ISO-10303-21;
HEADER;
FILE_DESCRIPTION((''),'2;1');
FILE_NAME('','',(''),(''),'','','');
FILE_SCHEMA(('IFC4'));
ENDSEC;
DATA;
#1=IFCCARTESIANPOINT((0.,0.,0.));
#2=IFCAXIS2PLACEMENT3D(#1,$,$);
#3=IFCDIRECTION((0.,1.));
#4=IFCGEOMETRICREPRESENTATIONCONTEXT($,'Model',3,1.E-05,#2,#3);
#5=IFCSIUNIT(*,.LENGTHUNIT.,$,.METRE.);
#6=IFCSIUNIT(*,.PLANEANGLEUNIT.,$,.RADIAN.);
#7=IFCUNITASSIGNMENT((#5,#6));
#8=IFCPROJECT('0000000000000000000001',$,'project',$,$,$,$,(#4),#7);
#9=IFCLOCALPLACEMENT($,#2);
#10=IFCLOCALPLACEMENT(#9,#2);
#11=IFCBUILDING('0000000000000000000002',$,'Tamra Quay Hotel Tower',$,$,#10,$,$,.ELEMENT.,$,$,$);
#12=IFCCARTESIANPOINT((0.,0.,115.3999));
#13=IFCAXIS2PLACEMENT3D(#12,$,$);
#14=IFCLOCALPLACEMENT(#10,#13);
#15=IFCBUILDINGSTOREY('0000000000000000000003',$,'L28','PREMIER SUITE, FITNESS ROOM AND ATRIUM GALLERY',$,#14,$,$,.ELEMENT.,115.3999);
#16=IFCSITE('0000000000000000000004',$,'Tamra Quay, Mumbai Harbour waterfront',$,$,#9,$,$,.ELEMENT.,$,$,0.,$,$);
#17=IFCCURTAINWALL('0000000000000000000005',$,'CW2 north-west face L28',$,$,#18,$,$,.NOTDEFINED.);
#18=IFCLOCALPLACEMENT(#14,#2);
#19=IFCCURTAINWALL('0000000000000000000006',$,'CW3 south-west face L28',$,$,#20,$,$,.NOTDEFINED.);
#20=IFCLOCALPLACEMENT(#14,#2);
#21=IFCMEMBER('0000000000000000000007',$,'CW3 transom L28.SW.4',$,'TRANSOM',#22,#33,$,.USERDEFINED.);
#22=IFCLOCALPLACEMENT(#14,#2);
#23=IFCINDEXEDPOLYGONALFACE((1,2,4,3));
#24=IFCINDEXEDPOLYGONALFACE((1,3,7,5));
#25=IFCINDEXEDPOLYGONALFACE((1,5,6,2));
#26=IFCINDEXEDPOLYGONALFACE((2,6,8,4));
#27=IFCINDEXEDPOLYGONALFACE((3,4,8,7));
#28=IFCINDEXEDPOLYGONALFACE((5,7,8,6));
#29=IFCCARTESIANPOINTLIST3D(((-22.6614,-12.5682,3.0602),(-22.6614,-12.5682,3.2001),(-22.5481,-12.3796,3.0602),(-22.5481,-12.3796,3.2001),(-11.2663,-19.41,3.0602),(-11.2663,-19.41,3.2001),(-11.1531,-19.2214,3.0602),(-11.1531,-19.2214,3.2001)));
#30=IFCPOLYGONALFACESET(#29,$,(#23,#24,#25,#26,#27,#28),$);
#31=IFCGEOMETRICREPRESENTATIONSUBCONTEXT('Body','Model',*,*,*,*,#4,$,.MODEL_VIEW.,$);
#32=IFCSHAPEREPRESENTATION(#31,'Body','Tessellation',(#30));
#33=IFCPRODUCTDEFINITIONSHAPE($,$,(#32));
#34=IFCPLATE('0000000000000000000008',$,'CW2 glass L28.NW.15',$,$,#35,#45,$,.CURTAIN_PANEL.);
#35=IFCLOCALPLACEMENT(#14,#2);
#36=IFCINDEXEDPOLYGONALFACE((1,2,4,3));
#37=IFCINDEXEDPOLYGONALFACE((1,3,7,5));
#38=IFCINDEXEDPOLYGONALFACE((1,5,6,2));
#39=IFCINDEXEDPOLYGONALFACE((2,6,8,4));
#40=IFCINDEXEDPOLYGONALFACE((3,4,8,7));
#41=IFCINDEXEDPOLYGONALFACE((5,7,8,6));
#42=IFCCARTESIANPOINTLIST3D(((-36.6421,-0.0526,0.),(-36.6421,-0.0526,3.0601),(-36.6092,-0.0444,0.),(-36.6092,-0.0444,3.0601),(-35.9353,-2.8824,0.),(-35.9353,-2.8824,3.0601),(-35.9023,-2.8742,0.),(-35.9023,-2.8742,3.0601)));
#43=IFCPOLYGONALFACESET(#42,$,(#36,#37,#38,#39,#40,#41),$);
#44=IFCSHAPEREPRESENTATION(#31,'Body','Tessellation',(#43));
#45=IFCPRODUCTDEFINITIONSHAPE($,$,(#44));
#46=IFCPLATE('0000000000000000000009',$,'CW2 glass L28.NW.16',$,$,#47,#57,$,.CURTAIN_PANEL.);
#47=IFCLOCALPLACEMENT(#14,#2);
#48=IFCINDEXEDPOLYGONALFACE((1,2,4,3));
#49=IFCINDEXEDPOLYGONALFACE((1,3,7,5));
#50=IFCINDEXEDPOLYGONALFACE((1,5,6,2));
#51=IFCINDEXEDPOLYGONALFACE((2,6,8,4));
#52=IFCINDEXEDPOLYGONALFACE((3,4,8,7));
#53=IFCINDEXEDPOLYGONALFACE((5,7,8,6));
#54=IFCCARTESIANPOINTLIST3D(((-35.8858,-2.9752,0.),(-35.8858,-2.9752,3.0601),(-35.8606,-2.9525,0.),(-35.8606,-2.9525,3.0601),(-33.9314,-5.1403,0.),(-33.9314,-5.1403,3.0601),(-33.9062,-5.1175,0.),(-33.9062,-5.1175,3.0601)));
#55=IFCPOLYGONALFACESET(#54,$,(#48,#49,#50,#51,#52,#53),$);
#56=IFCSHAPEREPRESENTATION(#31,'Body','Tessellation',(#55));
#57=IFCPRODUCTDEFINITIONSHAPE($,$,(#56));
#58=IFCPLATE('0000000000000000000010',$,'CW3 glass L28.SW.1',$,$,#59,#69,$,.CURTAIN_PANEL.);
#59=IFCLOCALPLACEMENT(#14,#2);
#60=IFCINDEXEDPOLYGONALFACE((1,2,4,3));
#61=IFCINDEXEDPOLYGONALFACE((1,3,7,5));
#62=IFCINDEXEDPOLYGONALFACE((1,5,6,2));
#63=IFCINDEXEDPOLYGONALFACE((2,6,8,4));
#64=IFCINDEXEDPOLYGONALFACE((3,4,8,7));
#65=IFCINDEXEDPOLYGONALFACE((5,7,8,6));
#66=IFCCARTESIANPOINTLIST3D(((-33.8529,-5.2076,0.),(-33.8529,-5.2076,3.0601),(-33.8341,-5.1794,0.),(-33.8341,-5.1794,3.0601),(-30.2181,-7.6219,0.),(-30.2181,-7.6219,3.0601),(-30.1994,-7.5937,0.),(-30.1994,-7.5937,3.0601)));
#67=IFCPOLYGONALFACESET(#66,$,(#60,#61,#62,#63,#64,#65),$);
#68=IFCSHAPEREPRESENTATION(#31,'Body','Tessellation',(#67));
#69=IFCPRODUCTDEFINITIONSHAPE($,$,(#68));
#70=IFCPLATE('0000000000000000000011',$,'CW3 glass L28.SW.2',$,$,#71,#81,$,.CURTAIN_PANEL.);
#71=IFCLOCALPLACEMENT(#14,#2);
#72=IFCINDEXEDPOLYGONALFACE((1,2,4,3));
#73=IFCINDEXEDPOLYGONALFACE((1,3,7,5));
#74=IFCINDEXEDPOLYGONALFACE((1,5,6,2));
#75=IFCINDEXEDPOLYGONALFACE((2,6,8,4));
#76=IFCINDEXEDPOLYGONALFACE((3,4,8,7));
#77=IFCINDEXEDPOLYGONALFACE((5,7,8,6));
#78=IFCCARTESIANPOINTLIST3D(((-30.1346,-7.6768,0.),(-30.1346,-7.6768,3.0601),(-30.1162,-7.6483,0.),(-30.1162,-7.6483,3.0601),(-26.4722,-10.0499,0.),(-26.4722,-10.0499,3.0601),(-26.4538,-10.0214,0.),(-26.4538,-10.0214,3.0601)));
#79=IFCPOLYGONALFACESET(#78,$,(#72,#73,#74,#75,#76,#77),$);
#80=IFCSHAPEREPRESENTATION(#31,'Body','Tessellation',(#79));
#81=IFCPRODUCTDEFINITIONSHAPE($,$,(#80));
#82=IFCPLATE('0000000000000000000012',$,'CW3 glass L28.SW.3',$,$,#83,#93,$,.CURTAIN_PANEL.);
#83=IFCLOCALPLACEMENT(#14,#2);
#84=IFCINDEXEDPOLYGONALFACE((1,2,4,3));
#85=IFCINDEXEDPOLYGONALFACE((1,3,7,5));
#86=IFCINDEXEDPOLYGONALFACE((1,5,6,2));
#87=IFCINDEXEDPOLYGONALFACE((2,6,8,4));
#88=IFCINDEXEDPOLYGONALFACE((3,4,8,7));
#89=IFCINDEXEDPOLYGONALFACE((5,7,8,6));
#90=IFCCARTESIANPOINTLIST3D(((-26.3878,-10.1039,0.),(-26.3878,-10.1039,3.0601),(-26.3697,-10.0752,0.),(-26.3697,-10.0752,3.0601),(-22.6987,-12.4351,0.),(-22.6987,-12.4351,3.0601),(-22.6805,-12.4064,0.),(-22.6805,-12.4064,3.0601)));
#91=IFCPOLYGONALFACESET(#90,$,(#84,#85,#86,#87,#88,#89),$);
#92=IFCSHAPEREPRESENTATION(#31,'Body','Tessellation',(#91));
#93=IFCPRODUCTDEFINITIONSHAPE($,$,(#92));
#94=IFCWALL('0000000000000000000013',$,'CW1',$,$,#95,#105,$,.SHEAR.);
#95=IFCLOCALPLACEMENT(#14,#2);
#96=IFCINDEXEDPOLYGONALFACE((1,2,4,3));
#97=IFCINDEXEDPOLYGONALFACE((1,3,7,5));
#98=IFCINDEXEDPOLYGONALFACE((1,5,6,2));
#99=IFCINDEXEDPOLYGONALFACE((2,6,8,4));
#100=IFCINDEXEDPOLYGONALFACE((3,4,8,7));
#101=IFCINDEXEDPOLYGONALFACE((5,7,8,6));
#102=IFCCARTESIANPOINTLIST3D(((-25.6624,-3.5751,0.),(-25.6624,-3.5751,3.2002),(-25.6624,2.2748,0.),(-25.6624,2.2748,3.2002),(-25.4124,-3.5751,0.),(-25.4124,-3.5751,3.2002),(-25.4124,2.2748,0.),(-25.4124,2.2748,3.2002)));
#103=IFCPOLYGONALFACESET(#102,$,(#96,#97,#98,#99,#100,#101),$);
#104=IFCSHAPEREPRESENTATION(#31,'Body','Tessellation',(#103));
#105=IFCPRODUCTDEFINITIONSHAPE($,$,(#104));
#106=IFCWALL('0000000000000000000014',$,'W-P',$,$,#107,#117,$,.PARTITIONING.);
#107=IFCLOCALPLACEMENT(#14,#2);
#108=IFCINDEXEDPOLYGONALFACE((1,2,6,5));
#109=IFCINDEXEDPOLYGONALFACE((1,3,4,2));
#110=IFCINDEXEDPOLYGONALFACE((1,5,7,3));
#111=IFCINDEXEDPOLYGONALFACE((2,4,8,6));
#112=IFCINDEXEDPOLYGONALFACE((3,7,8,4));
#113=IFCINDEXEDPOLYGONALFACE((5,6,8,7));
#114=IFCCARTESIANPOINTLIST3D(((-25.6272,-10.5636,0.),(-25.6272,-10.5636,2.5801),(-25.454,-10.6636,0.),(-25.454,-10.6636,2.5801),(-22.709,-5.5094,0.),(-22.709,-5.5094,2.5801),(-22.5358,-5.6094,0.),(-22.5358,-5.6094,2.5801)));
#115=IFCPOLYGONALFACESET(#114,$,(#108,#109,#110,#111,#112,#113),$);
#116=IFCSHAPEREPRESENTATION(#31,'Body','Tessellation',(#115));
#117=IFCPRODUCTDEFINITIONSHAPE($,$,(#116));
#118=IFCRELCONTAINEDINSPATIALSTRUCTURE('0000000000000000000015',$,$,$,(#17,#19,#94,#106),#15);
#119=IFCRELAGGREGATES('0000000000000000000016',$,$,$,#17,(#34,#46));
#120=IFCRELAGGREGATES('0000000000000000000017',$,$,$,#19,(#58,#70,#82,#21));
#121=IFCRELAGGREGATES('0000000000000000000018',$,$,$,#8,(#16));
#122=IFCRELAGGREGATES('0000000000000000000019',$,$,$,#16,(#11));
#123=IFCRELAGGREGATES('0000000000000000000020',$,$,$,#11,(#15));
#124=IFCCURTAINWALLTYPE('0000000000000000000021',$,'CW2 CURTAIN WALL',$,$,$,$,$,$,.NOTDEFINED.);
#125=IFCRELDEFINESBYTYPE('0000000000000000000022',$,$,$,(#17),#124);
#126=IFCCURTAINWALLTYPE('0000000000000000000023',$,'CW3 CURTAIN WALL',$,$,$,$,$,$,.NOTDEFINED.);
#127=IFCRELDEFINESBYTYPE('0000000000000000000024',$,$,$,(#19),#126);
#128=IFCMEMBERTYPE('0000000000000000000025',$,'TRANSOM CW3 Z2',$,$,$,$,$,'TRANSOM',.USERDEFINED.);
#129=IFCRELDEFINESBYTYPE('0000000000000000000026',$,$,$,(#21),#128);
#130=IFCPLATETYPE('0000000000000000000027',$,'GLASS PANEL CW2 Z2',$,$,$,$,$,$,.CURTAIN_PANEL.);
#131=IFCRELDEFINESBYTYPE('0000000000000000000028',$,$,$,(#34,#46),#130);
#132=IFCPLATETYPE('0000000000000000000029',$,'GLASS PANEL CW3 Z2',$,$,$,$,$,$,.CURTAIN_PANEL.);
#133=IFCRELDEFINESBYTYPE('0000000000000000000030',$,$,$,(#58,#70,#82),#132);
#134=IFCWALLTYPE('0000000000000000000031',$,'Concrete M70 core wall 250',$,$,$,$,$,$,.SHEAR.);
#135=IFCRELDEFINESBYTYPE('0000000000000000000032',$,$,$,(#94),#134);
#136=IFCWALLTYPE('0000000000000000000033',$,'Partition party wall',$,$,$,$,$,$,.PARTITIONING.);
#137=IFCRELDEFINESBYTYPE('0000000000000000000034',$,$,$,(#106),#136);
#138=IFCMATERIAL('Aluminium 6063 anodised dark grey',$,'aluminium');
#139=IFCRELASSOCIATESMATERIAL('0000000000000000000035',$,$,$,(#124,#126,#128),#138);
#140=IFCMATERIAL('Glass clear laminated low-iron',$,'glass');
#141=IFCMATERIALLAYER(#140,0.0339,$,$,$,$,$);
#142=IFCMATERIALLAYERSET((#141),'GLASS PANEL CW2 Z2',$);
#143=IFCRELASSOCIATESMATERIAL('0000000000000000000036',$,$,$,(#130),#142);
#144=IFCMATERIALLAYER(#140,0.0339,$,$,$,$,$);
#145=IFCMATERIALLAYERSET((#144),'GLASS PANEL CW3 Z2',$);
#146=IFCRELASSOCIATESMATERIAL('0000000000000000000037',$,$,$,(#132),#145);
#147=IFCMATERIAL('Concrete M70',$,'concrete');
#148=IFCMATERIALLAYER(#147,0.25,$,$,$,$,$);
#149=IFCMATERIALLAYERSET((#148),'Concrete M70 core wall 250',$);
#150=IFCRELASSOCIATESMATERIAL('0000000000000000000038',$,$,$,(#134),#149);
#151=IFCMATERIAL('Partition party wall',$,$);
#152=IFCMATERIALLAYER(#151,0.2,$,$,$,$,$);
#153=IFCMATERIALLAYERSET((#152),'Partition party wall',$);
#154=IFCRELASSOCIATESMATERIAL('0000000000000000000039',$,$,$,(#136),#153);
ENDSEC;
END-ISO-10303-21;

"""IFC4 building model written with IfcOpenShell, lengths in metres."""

from ifc_helpers import new_model, si_unit, direction, frame, frame_2d, origin, origin_2d, place, context, subcontext, project, spatial, rectangle, extrude, material, layer, layer_set, material_profile, profile_set, type_object, element, aggregate, save


model = new_model("IFC4")

# Units and contexts
model_context = context("Model", 3, precision=1e-05, world=origin(), true_north=direction((0.0, 1.0)))
body_context = subcontext(model_context, "Body", "Model", "MODEL_VIEW")
ifc_project = project(units=[si_unit("LENGTHUNIT", "METRE"), si_unit("PLANEANGLEUNIT", "RADIAN")], contexts=[model_context])

# Site, building, storey
site_placement = place(None, origin())
site = spatial("IfcSite", under=ifc_project, at=site_placement, Name="Tamra Quay, Mumbai Harbour waterfront", CompositionType="ELEMENT", RefElevation=0.0)
building_placement = place(site_placement, origin())
building = spatial("IfcBuilding", under=site, at=building_placement, Name="Tamra Quay Hotel Tower", CompositionType="ELEMENT")
storey_placement = place(building_placement, frame((0.0, 0.0, 115.3999)))
storey = spatial("IfcBuildingStorey", under=building, at=storey_placement, Name="L28", Description="PREMIER SUITE, FITNESS ROOM AND ATRIUM GALLERY", CompositionType="ELEMENT", Elevation=115.3999)

# Shared definitions
ifc_material_1 = material(Name="Concrete M70", Category="concrete")

# Curtain wall
ifc_material_2 = material(Name="Aluminium 6063 anodised dark grey", Category="aluminium")
curtain_wall_type_1 = type_object("IfcCurtainWallType", Name="CW2 CURTAIN WALL", PredefinedType="NOTDEFINED", material=ifc_material_2)
curtain_wall_1_placement = place(storey_placement, origin())
curtain_wall_1 = element("IfcCurtainWall", 1, at=curtain_wall_1_placement, inside=storey, type_object=curtain_wall_type_1, Name="CW2 north-west face L28", PredefinedType="NOTDEFINED")

# Curtain wall
curtain_wall_type_2 = type_object("IfcCurtainWallType", Name="CW3 CURTAIN WALL", PredefinedType="NOTDEFINED", material=ifc_material_2)
curtain_wall_2_placement = place(storey_placement, origin())
curtain_wall_2 = element("IfcCurtainWall", 2, at=curtain_wall_2_placement, inside=storey, type_object=curtain_wall_type_2, Name="CW3 south-west face L28", PredefinedType="NOTDEFINED")

# Member
ifc_material_profile_1 = material_profile(ifc_material_2, rectangle(XDim=0.22, YDim=0.1399, at=origin_2d()), Name="TRANSOM 220X140")
ifc_profile_set_1 = profile_set([ifc_material_profile_1], Name="Aluminium 6063 anodised dark grey")
member_type_1 = type_object("IfcMemberType", Name="TRANSOM CW3 Z2", ElementType="TRANSOM", PredefinedType="USERDEFINED", material=ifc_profile_set_1)
member_1_placement = place(storey_placement, frame((-22.6047, -12.4739, 3.1301), z_axis=(0.857334, -0.51476, 0.0), x_axis=(0.51476, 0.857334, 0.0)))
member_1 = element("IfcMember", 3, at=member_1_placement, type_object=member_type_1, Name="CW3 transom L28.SW.4", ObjectType="TRANSOM", PredefinedType="USERDEFINED", context=body_context, shape_type="SweptSolid", body=[
    extrude(rectangle(XDim=0.22, YDim=0.1399, at=origin_2d()), origin(), (0.0, 0.0, 1.0), 13.2913),
])

# Plates
ifc_material_3 = material(Name="Glass clear laminated low-iron", Category="glass")
ifc_layer_1 = layer(ifc_material_3, 0.0339)
ifc_layer_set_1 = layer_set([ifc_layer_1], Name="GLASS PANEL CW2 Z2")
plate_type_1 = type_object("IfcPlateType", Name="GLASS PANEL CW2 Z2", PredefinedType="CURTAIN_PANEL", material=ifc_layer_set_1)
plate_1_placement = place(storey_placement, frame((-36.2722, -1.4634, 0.0), z_axis=(0.0, 0.0, 1.0), x_axis=(0.242339, -0.970192, 0.0)))
plate_1 = element("IfcPlate", 4, at=plate_1_placement, type_object=plate_type_1, Name="CW2 glass L28.NW.15", PredefinedType="CURTAIN_PANEL", context=body_context, shape_type="SweptSolid", body=[
    extrude(rectangle(XDim=2.9167, YDim=0.0339, at=origin_2d()), origin(), (0.0, 0.0, 1.0), 3.0601),
])
plate_2_placement = place(storey_placement, frame((-34.896, -4.0464, 0.0), z_axis=(0.0, 0.0, 1.0), x_axis=(0.670088, -0.742282, 0.0)))
plate_2 = element("IfcPlate", 5, at=plate_2_placement, type_object=plate_type_1, Name="CW2 glass L28.NW.16", PredefinedType="CURTAIN_PANEL", context=body_context, shape_type="SweptSolid", body=[
    extrude(rectangle(XDim=2.9167, YDim=0.0339, at=origin_2d()), origin(), (0.0, 0.0, 1.0), 3.0601),
])
aggregate(curtain_wall_1, [plate_1, plate_2])
ifc_layer_2 = layer(ifc_material_3, 0.0339)
ifc_layer_set_2 = layer_set([ifc_layer_2], Name="GLASS PANEL CW3 Z2")
plate_type_2 = type_object("IfcPlateType", Name="GLASS PANEL CW3 Z2", PredefinedType="CURTAIN_PANEL", material=ifc_layer_set_2)
plate_3_placement = place(storey_placement, frame((-32.0261, -6.4006, 0.0), z_axis=(0.0, 0.0, 1.0), x_axis=(0.832988, -0.553291, 0.0)))
plate_3 = element("IfcPlate", 6, at=plate_3_placement, type_object=plate_type_2, Name="CW3 glass L28.SW.1", PredefinedType="CURTAIN_PANEL", context=body_context, shape_type="SweptSolid", body=[
    extrude(rectangle(XDim=4.3635, YDim=0.0339, at=origin_2d()), origin(), (0.0, 0.0, 1.0), 3.0601),
])
plate_4_placement = place(storey_placement, frame((-28.2942, -8.8491, 0.0), z_axis=(0.0, 0.0, 1.0), x_axis=(0.839224, -0.543786, 0.0)))
plate_4 = element("IfcPlate", 7, at=plate_4_placement, type_object=plate_type_2, Name="CW3 glass L28.SW.2", PredefinedType="CURTAIN_PANEL", context=body_context, shape_type="SweptSolid", body=[
    extrude(rectangle(XDim=4.364, YDim=0.0339, at=origin_2d()), origin(), (0.0, 0.0, 1.0), 3.0601),
])
plate_5_placement = place(storey_placement, frame((-24.5342, -11.2551, 0.0), z_axis=(0.0, 0.0, 1.0), x_axis=(0.845362, -0.534193, 0.0)))
plate_5 = element("IfcPlate", 8, at=plate_5_placement, type_object=plate_type_2, Name="CW3 glass L28.SW.3", PredefinedType="CURTAIN_PANEL", context=body_context, shape_type="SweptSolid", body=[
    extrude(rectangle(XDim=4.364, YDim=0.0339, at=origin_2d()), origin(), (0.0, 0.0, 1.0), 3.0601),
])
aggregate(curtain_wall_2, [plate_3, plate_4, plate_5, member_1])

# Walls
ifc_layer_3 = layer(ifc_material_1, 0.25)
ifc_layer_set_3 = layer_set([ifc_layer_3], Name="Concrete M70 core wall 250")
wall_type_1 = type_object("IfcWallType", Name="Concrete M70 core wall 250", PredefinedType="SHEAR", material=ifc_layer_set_3)
wall_1_placement = place(storey_placement, frame((-25.5374, -3.575, 0.0), z_axis=(0.0, 0.0, 1.0), x_axis=(0.0, 1.0, 0.0)))
element("IfcWall", 9, at=wall_1_placement, inside=storey, type_object=wall_type_1, Name="CW1", PredefinedType="SHEAR", context=body_context, shape_type="SweptSolid", body=[
    extrude(rectangle(XDim=5.8499, YDim=0.25, at=frame_2d((2.9248, 0.0))), origin(), (0.0, 0.0, 1.0), 3.2002),
])
ifc_material_4 = material(Name="Partition party wall")
ifc_layer_4 = layer(ifc_material_4, 0.2)
ifc_layer_set_4 = layer_set([ifc_layer_4], Name="Partition party wall")
wall_type_2 = type_object("IfcWallType", Name="Partition party wall", PredefinedType="PARTITIONING", material=ifc_layer_set_4)
wall_2_placement = place(storey_placement, frame((-25.5405, -10.6135, 0.0), z_axis=(0.0, 0.0, 1.0), x_axis=(0.500022, 0.866013, 0.0)))
element("IfcWall", 10, at=wall_2_placement, inside=storey, type_object=wall_type_2, Name="W-P", PredefinedType="PARTITIONING", context=body_context, shape_type="SweptSolid", body=[
    extrude(rectangle(XDim=5.8362, YDim=0.2, at=frame_2d((2.918, 0.0))), origin(), (0.0, 0.0, 1.0), 2.5801),
])

save(model, "model.ifc")
